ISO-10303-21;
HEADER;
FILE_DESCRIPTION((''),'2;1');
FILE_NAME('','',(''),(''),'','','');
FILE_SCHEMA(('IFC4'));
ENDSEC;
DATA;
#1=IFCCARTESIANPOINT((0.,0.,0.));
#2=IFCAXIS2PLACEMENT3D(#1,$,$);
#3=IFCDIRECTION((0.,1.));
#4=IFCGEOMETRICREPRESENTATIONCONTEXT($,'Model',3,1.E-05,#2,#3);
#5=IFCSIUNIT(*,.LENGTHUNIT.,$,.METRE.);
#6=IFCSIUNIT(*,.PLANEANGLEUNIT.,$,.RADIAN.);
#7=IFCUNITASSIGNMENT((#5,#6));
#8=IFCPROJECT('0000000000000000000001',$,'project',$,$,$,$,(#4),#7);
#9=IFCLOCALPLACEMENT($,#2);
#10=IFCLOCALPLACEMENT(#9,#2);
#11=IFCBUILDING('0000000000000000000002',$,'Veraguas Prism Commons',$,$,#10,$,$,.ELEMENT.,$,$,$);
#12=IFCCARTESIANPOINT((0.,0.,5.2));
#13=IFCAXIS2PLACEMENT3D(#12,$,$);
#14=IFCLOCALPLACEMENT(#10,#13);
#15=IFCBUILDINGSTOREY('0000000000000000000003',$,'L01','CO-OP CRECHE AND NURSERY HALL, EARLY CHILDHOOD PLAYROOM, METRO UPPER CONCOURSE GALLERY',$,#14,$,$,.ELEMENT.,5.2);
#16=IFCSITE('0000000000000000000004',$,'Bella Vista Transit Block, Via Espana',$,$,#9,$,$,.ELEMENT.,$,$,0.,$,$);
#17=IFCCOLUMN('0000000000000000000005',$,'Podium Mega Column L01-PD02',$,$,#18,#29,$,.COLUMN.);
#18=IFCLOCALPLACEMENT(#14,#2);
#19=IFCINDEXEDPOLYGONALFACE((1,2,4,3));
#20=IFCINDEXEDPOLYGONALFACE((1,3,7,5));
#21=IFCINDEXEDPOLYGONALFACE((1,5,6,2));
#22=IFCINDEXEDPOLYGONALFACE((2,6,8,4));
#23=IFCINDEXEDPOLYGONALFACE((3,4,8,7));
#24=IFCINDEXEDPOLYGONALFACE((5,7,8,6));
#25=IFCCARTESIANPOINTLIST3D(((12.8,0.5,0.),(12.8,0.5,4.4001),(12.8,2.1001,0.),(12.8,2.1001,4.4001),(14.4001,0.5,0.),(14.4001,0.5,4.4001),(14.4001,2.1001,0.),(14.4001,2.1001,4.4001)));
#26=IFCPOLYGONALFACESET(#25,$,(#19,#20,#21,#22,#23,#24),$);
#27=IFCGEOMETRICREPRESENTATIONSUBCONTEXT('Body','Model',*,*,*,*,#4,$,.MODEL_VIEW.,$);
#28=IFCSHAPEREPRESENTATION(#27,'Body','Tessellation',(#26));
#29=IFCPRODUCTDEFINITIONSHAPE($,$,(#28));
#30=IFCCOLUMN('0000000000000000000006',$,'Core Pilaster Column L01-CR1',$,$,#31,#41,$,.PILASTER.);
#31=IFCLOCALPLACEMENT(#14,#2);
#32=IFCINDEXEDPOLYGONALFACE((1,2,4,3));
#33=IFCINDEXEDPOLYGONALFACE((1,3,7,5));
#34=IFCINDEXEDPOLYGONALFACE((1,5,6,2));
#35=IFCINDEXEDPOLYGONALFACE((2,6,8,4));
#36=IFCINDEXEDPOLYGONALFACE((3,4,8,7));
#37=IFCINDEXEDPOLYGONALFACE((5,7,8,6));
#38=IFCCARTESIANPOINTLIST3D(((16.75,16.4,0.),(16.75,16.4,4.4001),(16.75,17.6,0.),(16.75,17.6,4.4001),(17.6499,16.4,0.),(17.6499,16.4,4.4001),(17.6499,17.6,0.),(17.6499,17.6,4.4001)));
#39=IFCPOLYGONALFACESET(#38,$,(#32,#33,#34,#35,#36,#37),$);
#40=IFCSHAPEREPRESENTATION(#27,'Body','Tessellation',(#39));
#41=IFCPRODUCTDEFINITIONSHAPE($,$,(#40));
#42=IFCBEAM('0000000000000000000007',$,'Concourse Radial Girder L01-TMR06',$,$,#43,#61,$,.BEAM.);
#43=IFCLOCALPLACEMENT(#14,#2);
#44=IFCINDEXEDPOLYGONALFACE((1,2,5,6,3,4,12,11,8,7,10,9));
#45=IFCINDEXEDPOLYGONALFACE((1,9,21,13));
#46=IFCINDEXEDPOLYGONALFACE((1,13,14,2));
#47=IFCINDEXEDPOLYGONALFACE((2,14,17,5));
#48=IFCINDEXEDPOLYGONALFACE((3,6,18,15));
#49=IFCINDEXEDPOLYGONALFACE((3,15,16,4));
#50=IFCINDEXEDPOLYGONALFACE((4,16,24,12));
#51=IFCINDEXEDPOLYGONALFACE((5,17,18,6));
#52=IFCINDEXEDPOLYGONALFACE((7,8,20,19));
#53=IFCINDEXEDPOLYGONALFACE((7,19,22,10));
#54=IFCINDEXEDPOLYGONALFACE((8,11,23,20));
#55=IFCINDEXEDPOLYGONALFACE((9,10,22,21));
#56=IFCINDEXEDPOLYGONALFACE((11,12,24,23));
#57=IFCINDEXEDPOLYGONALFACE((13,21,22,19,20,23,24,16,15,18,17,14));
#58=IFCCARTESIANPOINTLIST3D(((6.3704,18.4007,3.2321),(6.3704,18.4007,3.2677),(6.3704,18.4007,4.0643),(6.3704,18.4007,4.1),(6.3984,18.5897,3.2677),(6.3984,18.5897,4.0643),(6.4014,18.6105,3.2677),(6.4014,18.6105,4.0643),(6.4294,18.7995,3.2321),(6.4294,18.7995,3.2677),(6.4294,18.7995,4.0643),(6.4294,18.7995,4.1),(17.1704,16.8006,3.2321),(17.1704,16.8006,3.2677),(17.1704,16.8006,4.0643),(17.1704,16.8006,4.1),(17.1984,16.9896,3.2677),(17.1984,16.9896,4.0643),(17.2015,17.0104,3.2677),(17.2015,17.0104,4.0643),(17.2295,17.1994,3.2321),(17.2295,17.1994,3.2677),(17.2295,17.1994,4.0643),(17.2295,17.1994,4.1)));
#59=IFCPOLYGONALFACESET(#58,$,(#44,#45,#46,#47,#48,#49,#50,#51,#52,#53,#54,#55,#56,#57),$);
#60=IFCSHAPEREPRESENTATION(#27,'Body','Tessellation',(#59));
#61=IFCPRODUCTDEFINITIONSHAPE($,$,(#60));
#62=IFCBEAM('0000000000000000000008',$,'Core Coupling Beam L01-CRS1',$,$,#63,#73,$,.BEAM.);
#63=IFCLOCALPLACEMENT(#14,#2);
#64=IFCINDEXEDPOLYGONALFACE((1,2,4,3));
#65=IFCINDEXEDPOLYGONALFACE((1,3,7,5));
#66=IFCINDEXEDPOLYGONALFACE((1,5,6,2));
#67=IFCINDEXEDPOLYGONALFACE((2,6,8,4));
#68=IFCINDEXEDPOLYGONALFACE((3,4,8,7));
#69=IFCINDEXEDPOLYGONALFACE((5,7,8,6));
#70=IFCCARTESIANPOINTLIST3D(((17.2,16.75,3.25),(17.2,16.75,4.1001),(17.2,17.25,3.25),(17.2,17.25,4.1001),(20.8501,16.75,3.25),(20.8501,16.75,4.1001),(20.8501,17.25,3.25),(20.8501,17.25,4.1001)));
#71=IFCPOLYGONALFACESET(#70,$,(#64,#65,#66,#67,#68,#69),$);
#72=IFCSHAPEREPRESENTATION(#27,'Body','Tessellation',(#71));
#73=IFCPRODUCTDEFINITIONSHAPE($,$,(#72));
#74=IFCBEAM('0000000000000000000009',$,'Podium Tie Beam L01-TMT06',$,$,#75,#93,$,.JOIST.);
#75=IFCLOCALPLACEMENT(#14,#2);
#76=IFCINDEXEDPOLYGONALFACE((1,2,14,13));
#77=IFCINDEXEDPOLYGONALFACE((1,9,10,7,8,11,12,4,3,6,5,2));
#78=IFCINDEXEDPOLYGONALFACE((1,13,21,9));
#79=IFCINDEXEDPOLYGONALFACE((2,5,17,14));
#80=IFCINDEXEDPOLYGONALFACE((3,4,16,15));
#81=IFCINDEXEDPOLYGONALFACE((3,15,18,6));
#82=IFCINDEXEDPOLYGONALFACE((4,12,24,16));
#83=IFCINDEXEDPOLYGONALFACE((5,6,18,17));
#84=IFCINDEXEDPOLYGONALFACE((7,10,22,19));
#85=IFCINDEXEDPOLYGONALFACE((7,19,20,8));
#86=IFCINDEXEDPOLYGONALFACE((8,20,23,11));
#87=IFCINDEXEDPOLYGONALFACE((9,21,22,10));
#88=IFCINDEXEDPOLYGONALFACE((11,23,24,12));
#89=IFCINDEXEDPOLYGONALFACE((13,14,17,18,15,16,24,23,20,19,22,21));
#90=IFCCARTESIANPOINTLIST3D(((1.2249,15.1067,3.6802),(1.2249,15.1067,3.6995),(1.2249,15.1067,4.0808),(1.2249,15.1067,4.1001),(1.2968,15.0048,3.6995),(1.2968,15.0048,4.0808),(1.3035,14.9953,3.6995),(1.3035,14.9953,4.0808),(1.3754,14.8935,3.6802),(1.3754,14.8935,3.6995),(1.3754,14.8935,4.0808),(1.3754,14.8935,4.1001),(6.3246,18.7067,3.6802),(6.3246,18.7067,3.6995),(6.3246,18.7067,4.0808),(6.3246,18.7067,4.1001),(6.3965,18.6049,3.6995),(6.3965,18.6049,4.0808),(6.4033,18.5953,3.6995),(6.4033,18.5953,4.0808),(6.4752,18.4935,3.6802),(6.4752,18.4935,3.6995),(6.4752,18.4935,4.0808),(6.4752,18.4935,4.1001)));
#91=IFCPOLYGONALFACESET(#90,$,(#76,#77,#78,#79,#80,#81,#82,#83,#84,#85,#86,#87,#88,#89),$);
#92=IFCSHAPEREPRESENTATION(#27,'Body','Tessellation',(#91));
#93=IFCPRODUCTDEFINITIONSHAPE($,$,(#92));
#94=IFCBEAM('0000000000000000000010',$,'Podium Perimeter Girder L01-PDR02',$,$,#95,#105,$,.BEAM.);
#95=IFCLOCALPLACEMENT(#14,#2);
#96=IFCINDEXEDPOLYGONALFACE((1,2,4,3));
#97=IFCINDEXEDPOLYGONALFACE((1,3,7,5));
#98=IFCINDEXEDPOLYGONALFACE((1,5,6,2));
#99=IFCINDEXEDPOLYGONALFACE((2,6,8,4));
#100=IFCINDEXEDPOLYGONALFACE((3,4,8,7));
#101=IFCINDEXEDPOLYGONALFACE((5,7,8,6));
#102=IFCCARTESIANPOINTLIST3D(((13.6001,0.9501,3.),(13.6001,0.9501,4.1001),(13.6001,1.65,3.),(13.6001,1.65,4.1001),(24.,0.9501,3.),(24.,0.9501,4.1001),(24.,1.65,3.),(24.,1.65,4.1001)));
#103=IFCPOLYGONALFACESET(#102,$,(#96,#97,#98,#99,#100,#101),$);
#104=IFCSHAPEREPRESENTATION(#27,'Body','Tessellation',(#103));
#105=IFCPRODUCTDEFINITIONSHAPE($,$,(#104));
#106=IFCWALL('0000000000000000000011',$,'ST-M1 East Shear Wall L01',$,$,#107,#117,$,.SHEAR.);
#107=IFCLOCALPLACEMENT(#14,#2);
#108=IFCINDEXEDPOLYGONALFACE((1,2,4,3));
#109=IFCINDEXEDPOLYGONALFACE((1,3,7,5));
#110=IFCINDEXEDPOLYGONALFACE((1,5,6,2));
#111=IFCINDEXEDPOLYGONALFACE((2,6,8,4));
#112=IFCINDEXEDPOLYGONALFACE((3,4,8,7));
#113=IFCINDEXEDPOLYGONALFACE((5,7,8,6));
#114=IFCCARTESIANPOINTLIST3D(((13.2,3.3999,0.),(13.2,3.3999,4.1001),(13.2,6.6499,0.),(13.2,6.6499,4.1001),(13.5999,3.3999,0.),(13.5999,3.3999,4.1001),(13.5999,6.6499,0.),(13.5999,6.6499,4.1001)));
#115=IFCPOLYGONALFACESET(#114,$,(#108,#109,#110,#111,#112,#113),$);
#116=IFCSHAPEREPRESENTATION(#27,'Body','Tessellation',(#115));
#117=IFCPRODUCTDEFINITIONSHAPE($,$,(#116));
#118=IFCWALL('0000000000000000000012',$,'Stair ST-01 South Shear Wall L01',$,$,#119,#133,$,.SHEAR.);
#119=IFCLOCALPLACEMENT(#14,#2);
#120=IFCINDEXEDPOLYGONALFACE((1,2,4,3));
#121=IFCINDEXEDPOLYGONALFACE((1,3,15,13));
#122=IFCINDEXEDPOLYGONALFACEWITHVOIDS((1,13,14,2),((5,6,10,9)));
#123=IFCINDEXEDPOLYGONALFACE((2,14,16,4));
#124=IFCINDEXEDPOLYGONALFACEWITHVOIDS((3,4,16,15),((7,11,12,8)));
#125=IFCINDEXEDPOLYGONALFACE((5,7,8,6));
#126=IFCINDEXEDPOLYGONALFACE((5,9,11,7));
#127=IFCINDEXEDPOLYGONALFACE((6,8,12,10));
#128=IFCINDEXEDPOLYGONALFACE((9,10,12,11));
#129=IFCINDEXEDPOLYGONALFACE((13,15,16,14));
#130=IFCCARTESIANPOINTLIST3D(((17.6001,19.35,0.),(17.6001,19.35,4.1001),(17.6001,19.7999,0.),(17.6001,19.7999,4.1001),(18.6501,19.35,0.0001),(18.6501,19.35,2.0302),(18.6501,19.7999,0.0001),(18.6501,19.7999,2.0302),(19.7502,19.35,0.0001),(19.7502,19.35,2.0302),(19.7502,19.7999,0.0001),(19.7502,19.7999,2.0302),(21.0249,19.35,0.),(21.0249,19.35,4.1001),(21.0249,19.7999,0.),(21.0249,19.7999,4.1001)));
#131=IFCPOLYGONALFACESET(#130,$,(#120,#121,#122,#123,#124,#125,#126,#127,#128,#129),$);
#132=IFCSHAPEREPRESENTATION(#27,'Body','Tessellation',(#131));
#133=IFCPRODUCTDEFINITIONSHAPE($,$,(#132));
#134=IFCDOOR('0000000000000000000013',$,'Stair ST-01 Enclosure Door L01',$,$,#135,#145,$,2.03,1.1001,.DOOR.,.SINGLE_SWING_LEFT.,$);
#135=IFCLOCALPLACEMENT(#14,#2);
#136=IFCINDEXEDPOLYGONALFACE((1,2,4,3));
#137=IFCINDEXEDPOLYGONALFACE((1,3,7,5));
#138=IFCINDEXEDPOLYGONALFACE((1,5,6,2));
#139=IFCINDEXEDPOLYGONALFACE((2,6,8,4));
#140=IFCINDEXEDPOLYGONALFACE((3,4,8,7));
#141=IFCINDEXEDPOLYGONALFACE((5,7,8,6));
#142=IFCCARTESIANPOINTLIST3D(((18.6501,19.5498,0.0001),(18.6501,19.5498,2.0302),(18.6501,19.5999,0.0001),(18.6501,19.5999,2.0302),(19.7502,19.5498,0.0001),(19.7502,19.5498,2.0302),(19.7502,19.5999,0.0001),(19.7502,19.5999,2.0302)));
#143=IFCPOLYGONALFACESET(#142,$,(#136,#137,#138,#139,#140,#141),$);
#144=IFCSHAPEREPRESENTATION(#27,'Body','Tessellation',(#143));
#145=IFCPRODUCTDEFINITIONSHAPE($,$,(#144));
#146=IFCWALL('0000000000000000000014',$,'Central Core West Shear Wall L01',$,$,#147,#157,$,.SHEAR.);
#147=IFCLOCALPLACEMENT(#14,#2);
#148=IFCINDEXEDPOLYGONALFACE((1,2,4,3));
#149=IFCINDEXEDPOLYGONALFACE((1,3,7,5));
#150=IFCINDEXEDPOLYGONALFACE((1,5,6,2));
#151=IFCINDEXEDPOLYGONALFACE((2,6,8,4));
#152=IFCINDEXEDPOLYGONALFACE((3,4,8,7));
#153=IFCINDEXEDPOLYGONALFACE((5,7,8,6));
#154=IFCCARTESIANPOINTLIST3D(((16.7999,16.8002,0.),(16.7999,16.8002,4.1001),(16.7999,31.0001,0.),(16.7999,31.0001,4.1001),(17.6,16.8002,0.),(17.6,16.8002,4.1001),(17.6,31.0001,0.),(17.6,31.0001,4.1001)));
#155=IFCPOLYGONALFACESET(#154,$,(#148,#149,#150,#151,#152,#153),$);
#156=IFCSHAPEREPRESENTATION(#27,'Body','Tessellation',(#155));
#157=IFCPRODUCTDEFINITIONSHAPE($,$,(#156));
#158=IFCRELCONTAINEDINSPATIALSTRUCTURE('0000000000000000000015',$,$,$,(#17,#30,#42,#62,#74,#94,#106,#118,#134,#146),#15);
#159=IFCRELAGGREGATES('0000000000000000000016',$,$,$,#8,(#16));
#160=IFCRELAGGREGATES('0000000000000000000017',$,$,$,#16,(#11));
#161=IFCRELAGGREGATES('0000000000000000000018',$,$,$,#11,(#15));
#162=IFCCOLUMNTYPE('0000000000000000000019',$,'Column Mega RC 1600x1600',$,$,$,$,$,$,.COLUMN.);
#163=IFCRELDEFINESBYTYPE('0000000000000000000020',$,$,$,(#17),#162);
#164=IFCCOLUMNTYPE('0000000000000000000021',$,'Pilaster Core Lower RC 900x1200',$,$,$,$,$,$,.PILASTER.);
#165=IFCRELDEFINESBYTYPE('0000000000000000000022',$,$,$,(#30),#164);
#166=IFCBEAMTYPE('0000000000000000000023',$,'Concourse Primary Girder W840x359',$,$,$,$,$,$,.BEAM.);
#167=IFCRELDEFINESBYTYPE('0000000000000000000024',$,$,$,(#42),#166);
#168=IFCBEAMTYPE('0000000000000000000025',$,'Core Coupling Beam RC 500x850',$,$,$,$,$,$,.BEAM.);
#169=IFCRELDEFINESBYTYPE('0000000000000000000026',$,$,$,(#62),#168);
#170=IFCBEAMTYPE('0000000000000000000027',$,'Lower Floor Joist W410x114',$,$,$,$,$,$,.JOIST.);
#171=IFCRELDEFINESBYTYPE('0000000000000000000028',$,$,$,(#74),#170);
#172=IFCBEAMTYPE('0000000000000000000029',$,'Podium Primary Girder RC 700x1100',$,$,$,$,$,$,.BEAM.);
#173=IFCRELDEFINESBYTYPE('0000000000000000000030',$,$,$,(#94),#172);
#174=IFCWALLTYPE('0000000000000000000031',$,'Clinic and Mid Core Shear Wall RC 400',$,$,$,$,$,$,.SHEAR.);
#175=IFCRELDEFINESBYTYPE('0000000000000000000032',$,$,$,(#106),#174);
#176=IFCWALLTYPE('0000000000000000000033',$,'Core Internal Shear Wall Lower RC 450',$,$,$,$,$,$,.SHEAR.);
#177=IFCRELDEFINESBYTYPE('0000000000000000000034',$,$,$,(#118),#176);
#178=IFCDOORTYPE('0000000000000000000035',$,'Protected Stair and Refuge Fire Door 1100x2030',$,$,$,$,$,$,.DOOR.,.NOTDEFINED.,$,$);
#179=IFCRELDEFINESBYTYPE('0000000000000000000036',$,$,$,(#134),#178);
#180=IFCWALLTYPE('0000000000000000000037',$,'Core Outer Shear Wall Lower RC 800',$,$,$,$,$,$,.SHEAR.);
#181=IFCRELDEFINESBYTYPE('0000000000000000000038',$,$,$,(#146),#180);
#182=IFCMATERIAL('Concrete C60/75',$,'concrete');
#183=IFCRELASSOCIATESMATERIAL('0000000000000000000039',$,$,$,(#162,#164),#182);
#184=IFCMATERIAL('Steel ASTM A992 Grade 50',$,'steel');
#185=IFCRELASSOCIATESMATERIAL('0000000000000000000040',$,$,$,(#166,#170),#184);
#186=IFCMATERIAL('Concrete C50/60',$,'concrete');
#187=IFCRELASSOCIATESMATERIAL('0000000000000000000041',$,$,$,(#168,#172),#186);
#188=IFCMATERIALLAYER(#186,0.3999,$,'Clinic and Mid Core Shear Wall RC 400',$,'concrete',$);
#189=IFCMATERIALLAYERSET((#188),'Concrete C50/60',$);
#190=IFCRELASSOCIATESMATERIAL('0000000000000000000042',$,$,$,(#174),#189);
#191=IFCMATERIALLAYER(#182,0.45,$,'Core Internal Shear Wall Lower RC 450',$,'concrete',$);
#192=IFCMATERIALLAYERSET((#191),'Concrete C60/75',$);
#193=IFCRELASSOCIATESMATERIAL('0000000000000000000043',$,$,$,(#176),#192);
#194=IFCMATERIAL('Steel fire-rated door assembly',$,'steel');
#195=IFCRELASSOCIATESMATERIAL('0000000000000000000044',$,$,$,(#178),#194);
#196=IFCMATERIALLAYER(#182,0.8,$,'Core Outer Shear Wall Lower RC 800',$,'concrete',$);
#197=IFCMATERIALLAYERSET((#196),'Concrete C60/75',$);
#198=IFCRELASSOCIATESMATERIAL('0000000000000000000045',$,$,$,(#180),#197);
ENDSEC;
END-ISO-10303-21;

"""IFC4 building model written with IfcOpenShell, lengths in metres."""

from ifc_helpers import new_model, si_unit, direction, frame, frame_2d, origin, origin_2d, place, context, subcontext, project, spatial, rectangle, i_section, extrude, source, transform, mapped, material, layer, layer_set, material_profile, profile_set, type_object, element, fill, save


model = new_model("IFC4")

# Units and contexts
model_context = context("Model", 3, precision=1e-05, world=origin(), true_north=direction((0.0, 1.0)))
body_context = subcontext(model_context, "Body", "Model", "MODEL_VIEW")
ifc_project = project(units=[si_unit("LENGTHUNIT", "METRE"), si_unit("PLANEANGLEUNIT", "RADIAN")], contexts=[model_context])

# Site, building, storey
site_placement = place(None, origin())
site = spatial("IfcSite", under=ifc_project, at=site_placement, Name="Bella Vista Transit Block, Via Espana", CompositionType="ELEMENT", RefElevation=0.0)
building_placement = place(site_placement, origin())
building = spatial("IfcBuilding", under=site, at=building_placement, Name="Veraguas Prism Commons", CompositionType="ELEMENT")
storey_placement = place(building_placement, frame((0.0, 0.0, 5.2)))
storey = spatial("IfcBuildingStorey", under=building, at=storey_placement, Name="L01", Description="CO-OP CRECHE AND NURSERY HALL, EARLY CHILDHOOD PLAYROOM, METRO UPPER CONCOURSE GALLERY", CompositionType="ELEMENT", Elevation=5.2)

# Columns
ifc_material_1 = material(Name="Concrete C60/75", Category="concrete")
ifc_material_profile_1 = material_profile(ifc_material_1, rectangle(XDim=1.6001, YDim=1.6001, at=origin_2d()), Name="RC1600X1600")
ifc_profile_set_1 = profile_set([ifc_material_profile_1], Name="Concrete C60/75")
column_type_1 = type_object("IfcColumnType", Name="Column Mega RC 1600x1600", PredefinedType="COLUMN", material=ifc_profile_set_1)
column_1_placement = place(storey_placement, frame((13.6001, 1.3, 0.0), z_axis=(0.0, 0.0, 1.0), x_axis=(1.0, 0.0, 0.0)))
element("IfcColumn", 1, at=column_1_placement, inside=storey, type_object=column_type_1, Name="Podium Mega Column L01-PD02", PredefinedType="COLUMN", context=body_context, shape_type="SweptSolid", body=[
    extrude(rectangle(XDim=1.6001, YDim=1.6001, at=origin_2d()), origin(), (0.0, 0.0, 1.0), 4.4001),
])
ifc_material_profile_2 = material_profile(ifc_material_1, rectangle(XDim=0.8999, YDim=1.2, at=origin_2d()), Name="RC900X1200")
ifc_profile_set_2 = profile_set([ifc_material_profile_2], Name="Concrete C60/75")
column_type_2 = type_object("IfcColumnType", Name="Pilaster Core Lower RC 900x1200", PredefinedType="PILASTER", material=ifc_profile_set_2)
column_2_placement = place(storey_placement, frame((17.2, 17.0, 0.0), z_axis=(0.0, 0.0, 1.0), x_axis=(1.0, 0.0, 0.0)))
element("IfcColumn", 2, at=column_2_placement, inside=storey, type_object=column_type_2, Name="Core Pilaster Column L01-CR1", PredefinedType="PILASTER", context=body_context, shape_type="SweptSolid", body=[
    extrude(rectangle(XDim=0.8999, YDim=1.2, at=origin_2d()), origin(), (0.0, 0.0, 1.0), 4.4001),
])

# Beams
ifc_material_2 = material(Name="Steel ASTM A992 Grade 50", Category="steel")
ifc_material_profile_3 = material_profile(ifc_material_2, i_section(OverallWidth=0.4031, OverallDepth=0.8679, WebThickness=0.021, FlangeThickness=0.0356, at=origin_2d()), Name="W840X359")
ifc_profile_set_3 = profile_set([ifc_material_profile_3], Name="Steel ASTM A992 Grade 50")
beam_type_1 = type_object("IfcBeamType", Name="Concourse Primary Girder W840x359", PredefinedType="BEAM", material=ifc_profile_set_3)
beam_1_placement = place(storey_placement, frame((6.3999, 18.6001, 3.666), z_axis=(0.989202, -0.146557, 0.0), x_axis=(0.146557, 0.989202, 0.0)))
element("IfcBeam", 3, at=beam_1_placement, inside=storey, type_object=beam_type_1, Name="Concourse Radial Girder L01-TMR06", PredefinedType="BEAM", context=body_context, shape_type="SweptSolid", body=[
    extrude(i_section(OverallWidth=0.4031, OverallDepth=0.8679, WebThickness=0.021, FlangeThickness=0.0356, at=origin_2d()), origin(), (0.0, 0.0, 1.0), 10.918),
])
ifc_material_3 = material(Name="Concrete C50/60", Category="concrete")
ifc_material_profile_4 = material_profile(ifc_material_3, rectangle(XDim=0.5, YDim=0.8501, at=origin_2d()), Name="RC500X850")
ifc_profile_set_4 = profile_set([ifc_material_profile_4], Name="Concrete C50/60")
beam_type_2 = type_object("IfcBeamType", Name="Core Coupling Beam RC 500x850", PredefinedType="BEAM", material=ifc_profile_set_4)
beam_2_placement = place(storey_placement, frame((17.2, 17.0, 3.675), z_axis=(1.0, 0.0, 0.0), x_axis=(0.0, 1.0, 0.0)))
element("IfcBeam", 4, at=beam_2_placement, inside=storey, type_object=beam_type_2, Name="Core Coupling Beam L01-CRS1", PredefinedType="BEAM", context=body_context, shape_type="SweptSolid", body=[
    extrude(rectangle(XDim=0.5, YDim=0.8501, at=origin_2d()), origin(), (0.0, 0.0, 1.0), 3.6501),
])
ifc_material_profile_5 = material_profile(ifc_material_2, i_section(OverallWidth=0.261, OverallDepth=0.4199, WebThickness=0.0117, FlangeThickness=0.0193, at=origin_2d()), Name="W410X114")
ifc_profile_set_5 = profile_set([ifc_material_profile_5], Name="Steel ASTM A992 Grade 50")
beam_type_3 = type_object("IfcBeamType", Name="Lower Floor Joist W410x114", PredefinedType="JOIST", material=ifc_profile_set_5)
beam_3_placement = place(storey_placement, frame((6.3999, 18.6001, 3.8901), z_axis=(-0.816953, -0.576705, 0.0), x_axis=(0.576705, -0.816953, 0.0)))
element("IfcBeam", 5, at=beam_3_placement, inside=storey, type_object=beam_type_3, Name="Podium Tie Beam L01-TMT06", PredefinedType="JOIST", context=body_context, shape_type="SweptSolid", body=[
    extrude(i_section(OverallWidth=0.261, OverallDepth=0.4199, WebThickness=0.0117, FlangeThickness=0.0193, at=origin_2d()), origin(), (0.0, 0.0, 1.0), 6.2424),
])
ifc_material_profile_6 = material_profile(ifc_material_3, rectangle(XDim=0.7, YDim=1.1001, at=origin_2d()), Name="RC700X1100")
ifc_profile_set_6 = profile_set([ifc_material_profile_6], Name="Concrete C50/60")
beam_type_4 = type_object("IfcBeamType", Name="Podium Primary Girder RC 700x1100", PredefinedType="BEAM", material=ifc_profile_set_6)
beam_4_placement = place(storey_placement, frame((13.6001, 1.3, 3.55), z_axis=(1.0, 0.0, 0.0), x_axis=(0.0, 1.0, 0.0)))
element("IfcBeam", 6, at=beam_4_placement, inside=storey, type_object=beam_type_4, Name="Podium Perimeter Girder L01-PDR02", PredefinedType="BEAM", context=body_context, shape_type="SweptSolid", body=[
    extrude(rectangle(XDim=0.7, YDim=1.1001, at=origin_2d()), origin(), (0.0, 0.0, 1.0), 10.3999),
])

# Wall
ifc_layer_1 = layer(ifc_material_3, 0.3999, Name="Clinic and Mid Core Shear Wall RC 400", Category="concrete")
ifc_layer_set_1 = layer_set([ifc_layer_1], Name="Concrete C50/60")
wall_type_1 = type_object("IfcWallType", Name="Clinic and Mid Core Shear Wall RC 400", PredefinedType="SHEAR", material=ifc_layer_set_1)
wall_1_placement = place(storey_placement, frame((13.3999, 3.3999, 0.0), z_axis=(0.0, 0.0, 1.0), x_axis=(0.0, 1.0, 0.0)))
element("IfcWall", 7, at=wall_1_placement, inside=storey, type_object=wall_type_1, Name="ST-M1 East Shear Wall L01", PredefinedType="SHEAR", context=body_context, shape_type="SweptSolid", body=[
    extrude(rectangle(XDim=3.25, YDim=0.3999, at=frame_2d((1.625, 0.0))), origin(), (0.0, 0.0, 1.0), 4.1001),
])

# Wall, opening, door
ifc_layer_2 = layer(ifc_material_1, 0.45, Name="Core Internal Shear Wall Lower RC 450", Category="concrete")
ifc_layer_set_2 = layer_set([ifc_layer_2], Name="Concrete C60/75")
wall_type_2 = type_object("IfcWallType", Name="Core Internal Shear Wall Lower RC 450", PredefinedType="SHEAR", material=ifc_layer_set_2)
wall_2_placement = place(storey_placement, frame((17.6001, 19.575, 0.0), z_axis=(0.0, 0.0, 1.0), x_axis=(1.0, 0.0, 0.0)))
wall_2 = element("IfcWall", 8, at=wall_2_placement, inside=storey, type_object=wall_type_2, Name="Stair ST-01 South Shear Wall L01", PredefinedType="SHEAR", context=body_context, shape_type="SweptSolid", body=[
    extrude(rectangle(XDim=3.4248, YDim=0.45, at=frame_2d((1.7124, 0.0))), origin(), (0.0, 0.0, 1.0), 4.1001),
])
opening_1_placement = place(wall_2_placement, frame((1.05, 0.0, 0.0)))
opening_1 = element("IfcOpeningElement", 9, at=opening_1_placement, cuts=wall_2, PredefinedType="OPENING", context=body_context, shape_type="SweptSolid", body=[
    extrude(rectangle(XDim=1.1001, YDim=2.03, at=frame_2d((0.55, 1.0151))), frame((0.0, 0.2349, 0.0), z_axis=(0.0, -1.0, 0.0), x_axis=(1.0, 0.0, 0.0)), (0.0, 0.0, 1.0), 0.47),
])
ifc_material_4 = material(Name="Steel fire-rated door assembly", Category="steel")
door_type_1 = type_object("IfcDoorType", Name="Protected Stair and Refuge Fire Door 1100x2030", OperationType="NOTDEFINED", PredefinedType="DOOR", material=ifc_material_4)
shared_shape_1 = source(origin(), body_context, "Body", "SweptSolid", [
    extrude(rectangle(XDim=1.1001, YDim=2.03, at=frame_2d((0.55, 1.0151))), frame((0.0, 0.0249, 0.0), z_axis=(0.0, -1.0, 0.0), x_axis=(1.0, 0.0, 0.0)), (0.0, 0.0, 1.0), 0.05),
])
door_1_placement = place(opening_1_placement, origin())
door_1 = element("IfcDoor", 10, at=door_1_placement, inside=storey, type_object=door_type_1, Name="Stair ST-01 Enclosure Door L01", OperationType="SINGLE_SWING_LEFT", OverallHeight=2.03, OverallWidth=1.1001, PredefinedType="DOOR", context=body_context, shape_type="MappedRepresentation", body=[
    mapped(shared_shape_1, transform((0.0, 0.0, 0.0), scale=1.0)),
])
fill(opening_1, door_1)

# Wall
ifc_layer_3 = layer(ifc_material_1, 0.8, Name="Core Outer Shear Wall Lower RC 800", Category="concrete")
ifc_layer_set_3 = layer_set([ifc_layer_3], Name="Concrete C60/75")
wall_type_3 = type_object("IfcWallType", Name="Core Outer Shear Wall Lower RC 800", PredefinedType="SHEAR", material=ifc_layer_set_3)
wall_3_placement = place(storey_placement, frame((17.2, 16.8, 0.0), z_axis=(0.0, 0.0, 1.0), x_axis=(0.0, 1.0, 0.0)))
element("IfcWall", 11, at=wall_3_placement, inside=storey, type_object=wall_type_3, Name="Central Core West Shear Wall L01", PredefinedType="SHEAR", context=body_context, shape_type="SweptSolid", body=[
    extrude(rectangle(XDim=14.2, YDim=0.8, at=frame_2d((7.1001, 0.0))), origin(), (0.0, 0.0, 1.0), 4.1001),
])

save(model, "model.ifc")
